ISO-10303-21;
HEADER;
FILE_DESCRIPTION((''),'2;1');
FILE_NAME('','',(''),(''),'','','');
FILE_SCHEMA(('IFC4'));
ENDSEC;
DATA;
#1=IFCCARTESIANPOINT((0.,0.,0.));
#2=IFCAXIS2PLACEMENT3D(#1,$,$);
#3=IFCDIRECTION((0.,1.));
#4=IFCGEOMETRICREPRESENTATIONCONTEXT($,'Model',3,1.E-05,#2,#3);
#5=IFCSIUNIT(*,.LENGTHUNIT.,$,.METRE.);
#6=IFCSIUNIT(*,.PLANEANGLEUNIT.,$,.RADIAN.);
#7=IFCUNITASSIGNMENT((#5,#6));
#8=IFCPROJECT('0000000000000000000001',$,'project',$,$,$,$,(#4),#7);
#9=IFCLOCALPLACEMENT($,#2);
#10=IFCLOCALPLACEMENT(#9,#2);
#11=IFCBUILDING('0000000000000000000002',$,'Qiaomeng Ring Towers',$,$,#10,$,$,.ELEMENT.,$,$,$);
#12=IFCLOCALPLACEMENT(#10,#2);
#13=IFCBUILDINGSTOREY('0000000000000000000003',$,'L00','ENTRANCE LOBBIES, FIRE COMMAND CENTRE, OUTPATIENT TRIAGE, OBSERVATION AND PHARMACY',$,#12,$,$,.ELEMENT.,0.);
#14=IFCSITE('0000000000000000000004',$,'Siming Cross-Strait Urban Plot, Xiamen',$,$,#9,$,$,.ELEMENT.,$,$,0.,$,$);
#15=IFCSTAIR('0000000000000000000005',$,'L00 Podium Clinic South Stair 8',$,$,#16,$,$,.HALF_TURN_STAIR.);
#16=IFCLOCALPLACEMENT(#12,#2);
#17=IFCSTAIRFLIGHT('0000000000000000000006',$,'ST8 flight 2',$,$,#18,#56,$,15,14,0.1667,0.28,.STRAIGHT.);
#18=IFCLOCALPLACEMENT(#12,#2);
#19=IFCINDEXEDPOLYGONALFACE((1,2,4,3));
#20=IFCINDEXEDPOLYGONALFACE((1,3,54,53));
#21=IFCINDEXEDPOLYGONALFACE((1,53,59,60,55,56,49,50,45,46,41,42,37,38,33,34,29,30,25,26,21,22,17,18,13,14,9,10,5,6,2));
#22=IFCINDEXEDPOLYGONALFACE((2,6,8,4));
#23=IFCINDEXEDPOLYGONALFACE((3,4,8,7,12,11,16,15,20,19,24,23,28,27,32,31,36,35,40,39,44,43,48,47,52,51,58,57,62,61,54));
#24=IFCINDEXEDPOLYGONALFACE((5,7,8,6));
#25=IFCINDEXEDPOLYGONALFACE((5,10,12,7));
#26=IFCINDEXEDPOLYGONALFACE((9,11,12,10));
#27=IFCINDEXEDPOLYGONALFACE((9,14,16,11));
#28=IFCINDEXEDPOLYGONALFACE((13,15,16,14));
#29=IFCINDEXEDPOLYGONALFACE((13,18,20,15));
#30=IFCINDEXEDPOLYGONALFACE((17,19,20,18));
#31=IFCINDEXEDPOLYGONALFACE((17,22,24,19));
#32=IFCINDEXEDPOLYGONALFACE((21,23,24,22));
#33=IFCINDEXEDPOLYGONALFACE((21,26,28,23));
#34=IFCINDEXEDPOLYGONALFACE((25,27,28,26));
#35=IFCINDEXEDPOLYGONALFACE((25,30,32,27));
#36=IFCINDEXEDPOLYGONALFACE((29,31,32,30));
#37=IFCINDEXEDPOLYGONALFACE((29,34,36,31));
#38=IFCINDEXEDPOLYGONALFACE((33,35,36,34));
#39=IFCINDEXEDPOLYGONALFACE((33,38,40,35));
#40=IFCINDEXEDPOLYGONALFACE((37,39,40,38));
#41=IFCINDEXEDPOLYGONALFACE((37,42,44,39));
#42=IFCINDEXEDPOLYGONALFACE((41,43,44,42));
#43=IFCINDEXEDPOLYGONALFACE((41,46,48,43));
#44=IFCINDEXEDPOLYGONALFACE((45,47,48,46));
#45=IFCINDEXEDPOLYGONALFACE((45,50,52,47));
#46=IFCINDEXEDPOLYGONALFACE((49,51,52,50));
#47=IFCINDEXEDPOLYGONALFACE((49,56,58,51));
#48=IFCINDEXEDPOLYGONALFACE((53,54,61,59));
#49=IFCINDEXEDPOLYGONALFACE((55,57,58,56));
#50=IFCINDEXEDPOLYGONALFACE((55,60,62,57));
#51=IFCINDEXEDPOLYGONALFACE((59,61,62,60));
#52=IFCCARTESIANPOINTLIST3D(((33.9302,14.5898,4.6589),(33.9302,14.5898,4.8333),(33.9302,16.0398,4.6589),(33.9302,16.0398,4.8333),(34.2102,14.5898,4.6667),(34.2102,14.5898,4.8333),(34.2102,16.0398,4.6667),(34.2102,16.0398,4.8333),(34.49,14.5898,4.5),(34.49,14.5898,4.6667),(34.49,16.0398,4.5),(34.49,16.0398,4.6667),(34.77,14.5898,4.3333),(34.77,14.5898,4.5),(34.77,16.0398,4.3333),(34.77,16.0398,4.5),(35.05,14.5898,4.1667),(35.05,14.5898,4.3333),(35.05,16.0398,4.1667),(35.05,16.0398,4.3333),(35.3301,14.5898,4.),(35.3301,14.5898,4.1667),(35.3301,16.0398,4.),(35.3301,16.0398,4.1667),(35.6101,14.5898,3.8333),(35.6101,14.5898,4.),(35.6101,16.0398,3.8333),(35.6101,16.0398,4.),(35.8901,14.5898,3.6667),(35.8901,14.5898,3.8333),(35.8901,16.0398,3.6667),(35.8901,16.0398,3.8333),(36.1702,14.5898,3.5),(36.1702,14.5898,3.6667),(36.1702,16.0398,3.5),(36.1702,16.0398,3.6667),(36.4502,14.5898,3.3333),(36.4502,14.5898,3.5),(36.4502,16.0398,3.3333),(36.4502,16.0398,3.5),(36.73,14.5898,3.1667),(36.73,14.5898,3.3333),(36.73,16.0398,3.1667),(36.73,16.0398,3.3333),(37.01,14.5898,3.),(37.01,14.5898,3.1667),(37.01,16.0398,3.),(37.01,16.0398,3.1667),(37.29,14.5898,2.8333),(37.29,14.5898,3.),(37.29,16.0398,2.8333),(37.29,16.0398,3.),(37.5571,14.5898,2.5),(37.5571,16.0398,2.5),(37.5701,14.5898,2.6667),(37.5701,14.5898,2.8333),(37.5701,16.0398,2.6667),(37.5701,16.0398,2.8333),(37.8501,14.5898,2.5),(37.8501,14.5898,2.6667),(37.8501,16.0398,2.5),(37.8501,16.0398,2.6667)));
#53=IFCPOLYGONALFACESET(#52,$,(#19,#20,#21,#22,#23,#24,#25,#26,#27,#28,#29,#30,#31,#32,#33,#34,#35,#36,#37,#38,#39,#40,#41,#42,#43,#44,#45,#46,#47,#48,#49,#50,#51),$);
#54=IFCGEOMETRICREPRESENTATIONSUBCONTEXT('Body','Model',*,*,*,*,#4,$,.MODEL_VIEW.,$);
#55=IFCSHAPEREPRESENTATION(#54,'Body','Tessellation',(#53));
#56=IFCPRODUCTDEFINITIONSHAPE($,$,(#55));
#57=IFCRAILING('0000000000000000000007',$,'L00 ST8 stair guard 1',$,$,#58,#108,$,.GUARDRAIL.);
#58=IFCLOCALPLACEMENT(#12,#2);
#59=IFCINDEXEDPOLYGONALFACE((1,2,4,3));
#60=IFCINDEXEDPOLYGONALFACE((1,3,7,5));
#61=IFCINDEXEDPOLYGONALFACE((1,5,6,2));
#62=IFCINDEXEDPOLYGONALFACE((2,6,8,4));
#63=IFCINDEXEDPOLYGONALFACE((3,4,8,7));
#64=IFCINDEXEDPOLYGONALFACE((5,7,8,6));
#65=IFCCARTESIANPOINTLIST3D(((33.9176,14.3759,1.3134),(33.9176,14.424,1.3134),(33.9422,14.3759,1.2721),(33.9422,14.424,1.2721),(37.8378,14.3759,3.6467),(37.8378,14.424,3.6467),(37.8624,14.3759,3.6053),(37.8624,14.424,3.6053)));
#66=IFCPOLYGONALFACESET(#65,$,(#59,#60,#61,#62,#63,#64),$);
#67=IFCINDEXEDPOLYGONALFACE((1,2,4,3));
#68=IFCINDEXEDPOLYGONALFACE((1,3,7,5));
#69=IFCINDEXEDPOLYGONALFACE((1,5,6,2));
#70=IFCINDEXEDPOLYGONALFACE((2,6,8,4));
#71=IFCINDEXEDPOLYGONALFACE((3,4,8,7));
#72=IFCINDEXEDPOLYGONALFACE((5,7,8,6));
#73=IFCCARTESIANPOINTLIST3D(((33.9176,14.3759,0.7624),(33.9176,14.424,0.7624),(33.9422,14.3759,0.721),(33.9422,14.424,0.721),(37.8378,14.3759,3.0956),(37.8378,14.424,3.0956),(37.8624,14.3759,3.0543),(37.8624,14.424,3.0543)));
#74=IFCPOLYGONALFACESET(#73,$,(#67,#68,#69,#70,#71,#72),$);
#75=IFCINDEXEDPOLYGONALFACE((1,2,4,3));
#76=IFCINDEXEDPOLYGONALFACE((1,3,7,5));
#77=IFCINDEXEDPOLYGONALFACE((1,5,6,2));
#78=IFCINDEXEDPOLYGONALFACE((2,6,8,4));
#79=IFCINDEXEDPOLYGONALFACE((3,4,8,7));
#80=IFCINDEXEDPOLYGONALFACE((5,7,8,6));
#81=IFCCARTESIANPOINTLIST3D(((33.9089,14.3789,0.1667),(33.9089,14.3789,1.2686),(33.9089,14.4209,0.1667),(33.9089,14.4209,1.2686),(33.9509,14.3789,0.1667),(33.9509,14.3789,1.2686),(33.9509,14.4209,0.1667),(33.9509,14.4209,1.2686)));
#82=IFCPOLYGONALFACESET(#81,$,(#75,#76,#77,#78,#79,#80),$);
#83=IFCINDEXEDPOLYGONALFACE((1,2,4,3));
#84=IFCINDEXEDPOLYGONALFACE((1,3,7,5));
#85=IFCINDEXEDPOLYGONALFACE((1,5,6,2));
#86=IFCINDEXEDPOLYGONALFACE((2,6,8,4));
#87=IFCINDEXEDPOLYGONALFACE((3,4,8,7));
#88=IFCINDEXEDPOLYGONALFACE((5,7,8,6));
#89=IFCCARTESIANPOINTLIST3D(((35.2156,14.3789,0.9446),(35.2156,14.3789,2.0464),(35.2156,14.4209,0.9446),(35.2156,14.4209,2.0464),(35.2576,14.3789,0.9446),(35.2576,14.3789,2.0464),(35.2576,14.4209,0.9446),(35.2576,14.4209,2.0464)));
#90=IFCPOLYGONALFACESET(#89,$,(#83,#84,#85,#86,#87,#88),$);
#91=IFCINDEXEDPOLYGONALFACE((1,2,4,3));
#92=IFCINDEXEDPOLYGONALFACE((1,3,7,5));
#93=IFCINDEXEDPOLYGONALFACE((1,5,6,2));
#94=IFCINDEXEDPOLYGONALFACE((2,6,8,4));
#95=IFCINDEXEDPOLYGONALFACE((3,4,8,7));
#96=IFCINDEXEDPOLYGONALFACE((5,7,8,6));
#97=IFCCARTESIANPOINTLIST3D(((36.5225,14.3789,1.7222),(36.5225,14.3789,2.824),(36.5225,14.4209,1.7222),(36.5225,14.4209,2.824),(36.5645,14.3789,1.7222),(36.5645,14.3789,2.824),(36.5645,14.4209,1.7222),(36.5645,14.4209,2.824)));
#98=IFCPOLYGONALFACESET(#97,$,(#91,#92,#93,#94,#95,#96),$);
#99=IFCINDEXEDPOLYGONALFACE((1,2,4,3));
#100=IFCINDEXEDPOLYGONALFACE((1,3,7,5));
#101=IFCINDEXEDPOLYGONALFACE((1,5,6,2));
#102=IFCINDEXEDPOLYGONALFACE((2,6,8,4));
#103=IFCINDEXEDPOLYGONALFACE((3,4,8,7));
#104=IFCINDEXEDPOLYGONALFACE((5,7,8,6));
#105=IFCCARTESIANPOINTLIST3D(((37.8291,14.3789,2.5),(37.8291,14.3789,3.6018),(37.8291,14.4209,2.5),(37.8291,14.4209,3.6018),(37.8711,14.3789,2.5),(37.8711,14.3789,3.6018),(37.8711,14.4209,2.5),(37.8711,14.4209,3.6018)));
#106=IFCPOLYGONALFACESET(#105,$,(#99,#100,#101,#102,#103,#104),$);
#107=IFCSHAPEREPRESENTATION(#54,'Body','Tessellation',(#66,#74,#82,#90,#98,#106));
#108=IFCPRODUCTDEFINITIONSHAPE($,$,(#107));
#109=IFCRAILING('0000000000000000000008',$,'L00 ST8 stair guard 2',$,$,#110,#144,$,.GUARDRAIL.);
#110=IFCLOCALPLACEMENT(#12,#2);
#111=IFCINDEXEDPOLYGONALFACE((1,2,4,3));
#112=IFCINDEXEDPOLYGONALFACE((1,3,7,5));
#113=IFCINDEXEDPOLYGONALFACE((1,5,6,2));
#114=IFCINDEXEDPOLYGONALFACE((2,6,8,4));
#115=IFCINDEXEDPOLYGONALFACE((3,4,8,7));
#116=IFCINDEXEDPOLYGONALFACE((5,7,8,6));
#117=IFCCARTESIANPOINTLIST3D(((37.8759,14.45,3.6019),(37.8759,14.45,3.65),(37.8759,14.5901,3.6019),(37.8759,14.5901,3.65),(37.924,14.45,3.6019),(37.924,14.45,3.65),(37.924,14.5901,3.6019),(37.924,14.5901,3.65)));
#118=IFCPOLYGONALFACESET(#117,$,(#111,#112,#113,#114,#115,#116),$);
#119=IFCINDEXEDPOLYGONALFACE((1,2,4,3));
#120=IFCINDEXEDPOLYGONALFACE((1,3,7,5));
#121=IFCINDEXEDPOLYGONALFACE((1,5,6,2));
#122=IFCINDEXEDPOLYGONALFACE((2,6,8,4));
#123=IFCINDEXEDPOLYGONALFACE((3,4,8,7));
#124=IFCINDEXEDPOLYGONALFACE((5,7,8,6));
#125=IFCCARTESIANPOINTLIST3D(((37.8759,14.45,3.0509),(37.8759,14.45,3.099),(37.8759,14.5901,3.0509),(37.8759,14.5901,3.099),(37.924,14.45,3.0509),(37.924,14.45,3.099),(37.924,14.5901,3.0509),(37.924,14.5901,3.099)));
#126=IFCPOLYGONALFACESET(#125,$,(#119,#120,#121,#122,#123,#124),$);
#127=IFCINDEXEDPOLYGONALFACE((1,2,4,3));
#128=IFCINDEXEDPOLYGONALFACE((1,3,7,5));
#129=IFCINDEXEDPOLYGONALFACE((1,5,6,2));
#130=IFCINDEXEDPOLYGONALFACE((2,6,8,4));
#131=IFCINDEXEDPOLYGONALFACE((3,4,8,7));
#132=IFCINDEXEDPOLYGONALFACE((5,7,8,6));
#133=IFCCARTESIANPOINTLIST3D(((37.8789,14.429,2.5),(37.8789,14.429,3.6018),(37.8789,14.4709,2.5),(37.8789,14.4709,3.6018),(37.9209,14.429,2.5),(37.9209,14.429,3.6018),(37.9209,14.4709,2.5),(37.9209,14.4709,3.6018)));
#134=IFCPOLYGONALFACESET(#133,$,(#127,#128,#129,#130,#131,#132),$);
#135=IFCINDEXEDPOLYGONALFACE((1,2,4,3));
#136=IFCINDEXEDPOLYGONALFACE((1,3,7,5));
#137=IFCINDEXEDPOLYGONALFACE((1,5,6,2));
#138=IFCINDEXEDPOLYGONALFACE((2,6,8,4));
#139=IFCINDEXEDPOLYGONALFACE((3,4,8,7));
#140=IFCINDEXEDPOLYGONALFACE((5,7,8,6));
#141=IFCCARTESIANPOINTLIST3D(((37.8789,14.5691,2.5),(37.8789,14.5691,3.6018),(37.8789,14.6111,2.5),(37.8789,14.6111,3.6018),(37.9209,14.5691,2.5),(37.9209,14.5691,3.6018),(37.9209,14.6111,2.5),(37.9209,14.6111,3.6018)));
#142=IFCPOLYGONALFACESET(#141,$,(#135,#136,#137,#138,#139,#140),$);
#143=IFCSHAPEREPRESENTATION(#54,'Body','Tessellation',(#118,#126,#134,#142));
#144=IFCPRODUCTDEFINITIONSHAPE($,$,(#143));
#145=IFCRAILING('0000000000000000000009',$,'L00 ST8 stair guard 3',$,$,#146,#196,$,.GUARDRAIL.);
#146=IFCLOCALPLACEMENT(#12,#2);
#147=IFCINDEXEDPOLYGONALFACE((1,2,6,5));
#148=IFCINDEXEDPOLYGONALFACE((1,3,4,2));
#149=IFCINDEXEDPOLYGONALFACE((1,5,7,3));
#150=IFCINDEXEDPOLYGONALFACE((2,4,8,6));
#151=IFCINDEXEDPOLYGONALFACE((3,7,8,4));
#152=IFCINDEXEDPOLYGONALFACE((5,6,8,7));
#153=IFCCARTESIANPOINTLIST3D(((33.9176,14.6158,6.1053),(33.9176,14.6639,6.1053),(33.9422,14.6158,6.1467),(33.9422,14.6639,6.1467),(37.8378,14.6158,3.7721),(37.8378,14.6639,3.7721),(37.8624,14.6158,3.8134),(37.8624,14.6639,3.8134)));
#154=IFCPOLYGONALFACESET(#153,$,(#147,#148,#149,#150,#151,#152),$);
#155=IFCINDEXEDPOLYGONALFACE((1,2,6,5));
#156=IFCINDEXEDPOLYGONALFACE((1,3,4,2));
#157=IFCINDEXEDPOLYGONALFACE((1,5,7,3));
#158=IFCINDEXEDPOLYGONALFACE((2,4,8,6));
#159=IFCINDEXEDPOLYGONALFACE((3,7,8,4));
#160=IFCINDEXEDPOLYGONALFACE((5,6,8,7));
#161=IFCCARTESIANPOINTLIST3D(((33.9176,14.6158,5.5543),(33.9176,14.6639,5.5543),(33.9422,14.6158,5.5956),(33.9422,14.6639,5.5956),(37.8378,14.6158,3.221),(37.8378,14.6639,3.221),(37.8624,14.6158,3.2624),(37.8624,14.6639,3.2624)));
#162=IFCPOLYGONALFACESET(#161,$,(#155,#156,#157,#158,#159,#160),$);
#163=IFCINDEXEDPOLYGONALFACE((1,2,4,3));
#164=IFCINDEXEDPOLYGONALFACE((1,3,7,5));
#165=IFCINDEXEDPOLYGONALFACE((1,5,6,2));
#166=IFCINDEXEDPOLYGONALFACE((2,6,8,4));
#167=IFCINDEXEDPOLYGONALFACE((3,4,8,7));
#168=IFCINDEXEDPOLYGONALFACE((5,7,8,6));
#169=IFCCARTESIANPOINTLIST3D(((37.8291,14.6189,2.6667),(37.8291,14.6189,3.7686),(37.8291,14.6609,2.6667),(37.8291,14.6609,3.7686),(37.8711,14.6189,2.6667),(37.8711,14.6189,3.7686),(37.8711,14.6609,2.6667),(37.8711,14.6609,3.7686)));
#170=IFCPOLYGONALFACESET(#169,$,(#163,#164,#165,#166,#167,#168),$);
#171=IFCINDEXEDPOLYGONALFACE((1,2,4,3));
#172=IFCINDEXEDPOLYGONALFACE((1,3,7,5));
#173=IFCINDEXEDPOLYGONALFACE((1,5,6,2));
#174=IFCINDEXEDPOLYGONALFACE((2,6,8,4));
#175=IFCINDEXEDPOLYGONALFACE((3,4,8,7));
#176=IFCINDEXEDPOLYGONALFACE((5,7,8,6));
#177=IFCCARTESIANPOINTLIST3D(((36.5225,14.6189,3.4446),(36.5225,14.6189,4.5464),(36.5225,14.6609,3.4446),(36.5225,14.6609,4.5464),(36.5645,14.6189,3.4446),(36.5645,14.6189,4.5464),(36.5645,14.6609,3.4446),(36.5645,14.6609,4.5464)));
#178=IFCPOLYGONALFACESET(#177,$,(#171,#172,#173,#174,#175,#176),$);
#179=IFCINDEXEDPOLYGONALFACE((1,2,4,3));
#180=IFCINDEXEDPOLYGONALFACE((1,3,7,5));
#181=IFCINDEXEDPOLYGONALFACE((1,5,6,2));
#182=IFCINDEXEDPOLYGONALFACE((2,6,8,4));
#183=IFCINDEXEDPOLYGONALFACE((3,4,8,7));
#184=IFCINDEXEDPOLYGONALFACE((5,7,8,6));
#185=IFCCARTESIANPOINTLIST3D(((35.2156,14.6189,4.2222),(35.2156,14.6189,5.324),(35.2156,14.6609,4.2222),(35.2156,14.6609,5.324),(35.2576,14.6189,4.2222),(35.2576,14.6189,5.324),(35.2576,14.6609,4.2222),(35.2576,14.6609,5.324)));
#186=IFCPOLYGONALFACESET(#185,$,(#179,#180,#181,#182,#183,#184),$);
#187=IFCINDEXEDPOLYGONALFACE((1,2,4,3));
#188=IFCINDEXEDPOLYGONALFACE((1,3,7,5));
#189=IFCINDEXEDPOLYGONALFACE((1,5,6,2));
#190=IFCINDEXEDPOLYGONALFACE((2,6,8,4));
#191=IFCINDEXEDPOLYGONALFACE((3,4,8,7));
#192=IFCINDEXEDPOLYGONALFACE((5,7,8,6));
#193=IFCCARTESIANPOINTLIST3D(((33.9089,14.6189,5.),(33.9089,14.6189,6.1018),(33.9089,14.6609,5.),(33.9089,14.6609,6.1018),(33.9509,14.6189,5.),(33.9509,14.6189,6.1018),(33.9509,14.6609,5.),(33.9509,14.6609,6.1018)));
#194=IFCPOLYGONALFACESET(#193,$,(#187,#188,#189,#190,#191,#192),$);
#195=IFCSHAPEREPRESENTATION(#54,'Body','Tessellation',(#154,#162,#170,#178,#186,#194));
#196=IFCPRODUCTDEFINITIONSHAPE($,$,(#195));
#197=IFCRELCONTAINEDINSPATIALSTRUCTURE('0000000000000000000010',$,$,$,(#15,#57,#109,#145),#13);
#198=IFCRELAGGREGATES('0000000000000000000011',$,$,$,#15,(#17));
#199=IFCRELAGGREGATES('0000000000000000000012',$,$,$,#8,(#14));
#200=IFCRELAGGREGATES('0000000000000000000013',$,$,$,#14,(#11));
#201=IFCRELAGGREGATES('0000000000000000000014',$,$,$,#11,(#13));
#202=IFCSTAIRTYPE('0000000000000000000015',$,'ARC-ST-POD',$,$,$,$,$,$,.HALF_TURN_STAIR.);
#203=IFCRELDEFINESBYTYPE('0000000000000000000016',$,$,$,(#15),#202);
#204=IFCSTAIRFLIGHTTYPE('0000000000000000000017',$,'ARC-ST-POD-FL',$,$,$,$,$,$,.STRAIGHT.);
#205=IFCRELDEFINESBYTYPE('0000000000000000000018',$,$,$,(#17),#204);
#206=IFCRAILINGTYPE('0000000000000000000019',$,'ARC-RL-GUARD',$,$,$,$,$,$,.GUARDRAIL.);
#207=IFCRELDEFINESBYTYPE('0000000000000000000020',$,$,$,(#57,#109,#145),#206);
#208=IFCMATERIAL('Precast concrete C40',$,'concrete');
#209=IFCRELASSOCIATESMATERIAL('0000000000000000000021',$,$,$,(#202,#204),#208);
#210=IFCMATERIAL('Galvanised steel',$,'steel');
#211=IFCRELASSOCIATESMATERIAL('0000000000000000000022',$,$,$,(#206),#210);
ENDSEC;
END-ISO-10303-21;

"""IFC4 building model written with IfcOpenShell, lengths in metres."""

from ifc_helpers import new_model, si_unit, direction, frame, origin, origin_2d, place, context, subcontext, project, spatial, polyline, rectangle, outline, extrude, source, transform, mapped, material, type_object, element, aggregate, save


model = new_model("IFC4")

# Units and contexts
model_context = context("Model", 3, precision=1e-05, world=origin(), true_north=direction((0.0, 1.0)))
body_context = subcontext(model_context, "Body", "Model", "MODEL_VIEW")
ifc_project = project(units=[si_unit("LENGTHUNIT", "METRE"), si_unit("PLANEANGLEUNIT", "RADIAN")], contexts=[model_context])

# Site, building, storey
site_placement = place(None, origin())
site = spatial("IfcSite", under=ifc_project, at=site_placement, Name="Siming Cross-Strait Urban Plot, Xiamen", CompositionType="ELEMENT", RefElevation=0.0)
building_placement = place(site_placement, origin())
building = spatial("IfcBuilding", under=site, at=building_placement, Name="Qiaomeng Ring Towers", CompositionType="ELEMENT")
storey_placement = place(building_placement, origin())
storey = spatial("IfcBuildingStorey", under=building, at=storey_placement, Name="L00", Description="ENTRANCE LOBBIES, FIRE COMMAND CENTRE, OUTPATIENT TRIAGE, OBSERVATION AND PHARMACY", CompositionType="ELEMENT", Elevation=0.0)

# Stair, stair flight
ifc_material_1 = material(Name="Precast concrete C40", Category="concrete")
stair_type = type_object("IfcStairType", Name="ARC-ST-POD", PredefinedType="HALF_TURN_STAIR", material=ifc_material_1)
stair_placement = place(storey_placement, origin())
stair = element("IfcStair", 1, at=stair_placement, inside=storey, type_object=stair_type, Name="L00 Podium Clinic South Stair 8", PredefinedType="HALF_TURN_STAIR")
stair_flight_type = type_object("IfcStairFlightType", Name="ARC-ST-POD-FL", PredefinedType="STRAIGHT", material=ifc_material_1)
shared_shape_1 = source(origin(), body_context, "Body", "SweptSolid", [
    extrude(outline(polyline([(0.0, 0.0), (0.0, 0.1667), (0.28, 0.1667), (0.28, 0.3333), (0.5601, 0.3333), (0.5601, 0.5), (0.8401, 0.5), (0.8401, 0.6667), (1.1201, 0.6667), (1.1201, 0.8333), (1.3999, 0.8333), (1.3999, 1.0), (1.6799, 1.0), (1.6799, 1.1667), (1.96, 1.1667), (1.96, 1.3333), (2.24, 1.3333), (2.24, 1.5), (2.52, 1.5), (2.52, 1.6667), (2.8, 1.6667), (2.8, 1.8333), (3.0801, 1.8333), (3.0801, 2.0), (3.3601, 2.0), (3.3601, 2.1667), (3.6399, 2.1667), (3.6399, 2.3333), (3.9199, 2.3333), (3.9199, 2.5), (3.9199, 2.1589), (0.293, 0.0), (0.0, 0.0)])), frame((0.0, 0.7251, 0.0), z_axis=(0.0, -1.0, 0.0), x_axis=(1.0, 0.0, 0.0)), (0.0, 0.0, 1.0), 1.45),
])
stair_flight_1_placement = place(storey_placement, frame((37.8501, 15.3149, 2.5), z_axis=(0.0, 0.0, 1.0), x_axis=(-1.0, 0.0, 0.0)))
stair_flight_1 = element("IfcStairFlight", 2, at=stair_flight_1_placement, type_object=stair_flight_type, Name="ST8 flight 2", NumberOfRisers=15, NumberOfTreads=14, PredefinedType="STRAIGHT", RiserHeight=0.1667, TreadLength=0.28, context=body_context, shape_type="MappedRepresentation", body=[
    mapped(shared_shape_1, transform((0.0, 0.0, 0.0), x_axis=(1.0, 0.0, 0.0), y_axis=(0.0, 1.0, 0.0), z_axis=(0.0, 0.0, 1.0), scale=1.0)),
])
aggregate(stair, [stair_flight_1])

# Railings
ifc_material_2 = material(Name="Galvanised steel", Category="steel")
railing_type_1 = type_object("IfcRailingType", Name="ARC-RL-GUARD", PredefinedType="GUARDRAIL", material=ifc_material_2)
railing_1_placement = place(storey_placement, frame((33.9299, 14.3999, 0.1667)))
element("IfcRailing", 3, at=railing_1_placement, inside=storey, type_object=railing_type_1, Name="L00 ST8 stair guard 1", PredefinedType="GUARDRAIL", context=body_context, shape_type="SweptSolid", body=[
    extrude(rectangle(XDim=0.0481, YDim=0.0481, at=origin_2d()), frame((0.0, 0.0, 1.126), z_axis=(0.85931, 0.0, 0.511455), x_axis=(0.0, 1.0, 0.0)), (0.0, 0.0, 1.0), 4.562),
    extrude(rectangle(XDim=0.0481, YDim=0.0481, at=origin_2d()), frame((0.0, 0.0, 0.575), z_axis=(0.85931, 0.0, 0.511455), x_axis=(0.0, 1.0, 0.0)), (0.0, 0.0, 1.0), 4.562),
    extrude(rectangle(XDim=0.042, YDim=0.042, at=origin_2d()), origin(), (0.0, 0.0, 1.0), 1.1018),
    extrude(rectangle(XDim=0.042, YDim=0.042, at=origin_2d()), frame((1.3066, 0.0, 0.7778)), (0.0, 0.0, 1.0), 1.1018),
    extrude(rectangle(XDim=0.042, YDim=0.042, at=origin_2d()), frame((2.6135, 0.0, 1.5554)), (0.0, 0.0, 1.0), 1.1018),
    extrude(rectangle(XDim=0.042, YDim=0.042, at=origin_2d()), frame((3.9202, 0.0, 2.3333)), (0.0, 0.0, 1.0), 1.1018),
])
railing_2_placement = place(storey_placement, frame((37.8999, 14.45, 2.5)))
element("IfcRailing", 4, at=railing_2_placement, inside=storey, type_object=railing_type_1, Name="L00 ST8 stair guard 2", PredefinedType="GUARDRAIL", context=body_context, shape_type="SweptSolid", body=[
    extrude(rectangle(XDim=0.0481, YDim=0.0481, at=origin_2d()), frame((0.0, 0.0, 1.126), z_axis=(0.0, 1.0, 0.0), x_axis=(-1.0, 0.0, 0.0)), (0.0, 0.0, 1.0), 0.1401),
    extrude(rectangle(XDim=0.0481, YDim=0.0481, at=origin_2d()), frame((0.0, 0.0, 0.575), z_axis=(0.0, 1.0, 0.0), x_axis=(-1.0, 0.0, 0.0)), (0.0, 0.0, 1.0), 0.1401),
    extrude(rectangle(XDim=0.042, YDim=0.042, at=origin_2d()), origin(), (0.0, 0.0, 1.0), 1.1018),
    extrude(rectangle(XDim=0.042, YDim=0.042, at=origin_2d()), frame((0.0, 0.1401, 0.0)), (0.0, 0.0, 1.0), 1.1018),
])
railing_3_placement = place(storey_placement, frame((37.8501, 14.6399, 2.6667)))
element("IfcRailing", 5, at=railing_3_placement, inside=storey, type_object=railing_type_1, Name="L00 ST8 stair guard 3", PredefinedType="GUARDRAIL", context=body_context, shape_type="SweptSolid", body=[
    extrude(rectangle(XDim=0.0481, YDim=0.0481, at=origin_2d()), frame((0.0, 0.0, 1.126), z_axis=(-0.85931, 0.0, 0.511455), x_axis=(0.0, -1.0, 0.0)), (0.0, 0.0, 1.0), 4.562),
    extrude(rectangle(XDim=0.0481, YDim=0.0481, at=origin_2d()), frame((0.0, 0.0, 0.575), z_axis=(-0.85931, 0.0, 0.511455), x_axis=(0.0, -1.0, 0.0)), (0.0, 0.0, 1.0), 4.562),
    extrude(rectangle(XDim=0.042, YDim=0.042, at=origin_2d()), origin(), (0.0, 0.0, 1.0), 1.1018),
    extrude(rectangle(XDim=0.042, YDim=0.042, at=origin_2d()), frame((-1.3066, 0.0, 0.7778)), (0.0, 0.0, 1.0), 1.1018),
    extrude(rectangle(XDim=0.042, YDim=0.042, at=origin_2d()), frame((-2.6135, 0.0, 1.5554)), (0.0, 0.0, 1.0), 1.1018),
    extrude(rectangle(XDim=0.042, YDim=0.042, at=origin_2d()), frame((-3.9202, 0.0, 2.3333)), (0.0, 0.0, 1.0), 1.1018),
])

save(model, "model.ifc")
